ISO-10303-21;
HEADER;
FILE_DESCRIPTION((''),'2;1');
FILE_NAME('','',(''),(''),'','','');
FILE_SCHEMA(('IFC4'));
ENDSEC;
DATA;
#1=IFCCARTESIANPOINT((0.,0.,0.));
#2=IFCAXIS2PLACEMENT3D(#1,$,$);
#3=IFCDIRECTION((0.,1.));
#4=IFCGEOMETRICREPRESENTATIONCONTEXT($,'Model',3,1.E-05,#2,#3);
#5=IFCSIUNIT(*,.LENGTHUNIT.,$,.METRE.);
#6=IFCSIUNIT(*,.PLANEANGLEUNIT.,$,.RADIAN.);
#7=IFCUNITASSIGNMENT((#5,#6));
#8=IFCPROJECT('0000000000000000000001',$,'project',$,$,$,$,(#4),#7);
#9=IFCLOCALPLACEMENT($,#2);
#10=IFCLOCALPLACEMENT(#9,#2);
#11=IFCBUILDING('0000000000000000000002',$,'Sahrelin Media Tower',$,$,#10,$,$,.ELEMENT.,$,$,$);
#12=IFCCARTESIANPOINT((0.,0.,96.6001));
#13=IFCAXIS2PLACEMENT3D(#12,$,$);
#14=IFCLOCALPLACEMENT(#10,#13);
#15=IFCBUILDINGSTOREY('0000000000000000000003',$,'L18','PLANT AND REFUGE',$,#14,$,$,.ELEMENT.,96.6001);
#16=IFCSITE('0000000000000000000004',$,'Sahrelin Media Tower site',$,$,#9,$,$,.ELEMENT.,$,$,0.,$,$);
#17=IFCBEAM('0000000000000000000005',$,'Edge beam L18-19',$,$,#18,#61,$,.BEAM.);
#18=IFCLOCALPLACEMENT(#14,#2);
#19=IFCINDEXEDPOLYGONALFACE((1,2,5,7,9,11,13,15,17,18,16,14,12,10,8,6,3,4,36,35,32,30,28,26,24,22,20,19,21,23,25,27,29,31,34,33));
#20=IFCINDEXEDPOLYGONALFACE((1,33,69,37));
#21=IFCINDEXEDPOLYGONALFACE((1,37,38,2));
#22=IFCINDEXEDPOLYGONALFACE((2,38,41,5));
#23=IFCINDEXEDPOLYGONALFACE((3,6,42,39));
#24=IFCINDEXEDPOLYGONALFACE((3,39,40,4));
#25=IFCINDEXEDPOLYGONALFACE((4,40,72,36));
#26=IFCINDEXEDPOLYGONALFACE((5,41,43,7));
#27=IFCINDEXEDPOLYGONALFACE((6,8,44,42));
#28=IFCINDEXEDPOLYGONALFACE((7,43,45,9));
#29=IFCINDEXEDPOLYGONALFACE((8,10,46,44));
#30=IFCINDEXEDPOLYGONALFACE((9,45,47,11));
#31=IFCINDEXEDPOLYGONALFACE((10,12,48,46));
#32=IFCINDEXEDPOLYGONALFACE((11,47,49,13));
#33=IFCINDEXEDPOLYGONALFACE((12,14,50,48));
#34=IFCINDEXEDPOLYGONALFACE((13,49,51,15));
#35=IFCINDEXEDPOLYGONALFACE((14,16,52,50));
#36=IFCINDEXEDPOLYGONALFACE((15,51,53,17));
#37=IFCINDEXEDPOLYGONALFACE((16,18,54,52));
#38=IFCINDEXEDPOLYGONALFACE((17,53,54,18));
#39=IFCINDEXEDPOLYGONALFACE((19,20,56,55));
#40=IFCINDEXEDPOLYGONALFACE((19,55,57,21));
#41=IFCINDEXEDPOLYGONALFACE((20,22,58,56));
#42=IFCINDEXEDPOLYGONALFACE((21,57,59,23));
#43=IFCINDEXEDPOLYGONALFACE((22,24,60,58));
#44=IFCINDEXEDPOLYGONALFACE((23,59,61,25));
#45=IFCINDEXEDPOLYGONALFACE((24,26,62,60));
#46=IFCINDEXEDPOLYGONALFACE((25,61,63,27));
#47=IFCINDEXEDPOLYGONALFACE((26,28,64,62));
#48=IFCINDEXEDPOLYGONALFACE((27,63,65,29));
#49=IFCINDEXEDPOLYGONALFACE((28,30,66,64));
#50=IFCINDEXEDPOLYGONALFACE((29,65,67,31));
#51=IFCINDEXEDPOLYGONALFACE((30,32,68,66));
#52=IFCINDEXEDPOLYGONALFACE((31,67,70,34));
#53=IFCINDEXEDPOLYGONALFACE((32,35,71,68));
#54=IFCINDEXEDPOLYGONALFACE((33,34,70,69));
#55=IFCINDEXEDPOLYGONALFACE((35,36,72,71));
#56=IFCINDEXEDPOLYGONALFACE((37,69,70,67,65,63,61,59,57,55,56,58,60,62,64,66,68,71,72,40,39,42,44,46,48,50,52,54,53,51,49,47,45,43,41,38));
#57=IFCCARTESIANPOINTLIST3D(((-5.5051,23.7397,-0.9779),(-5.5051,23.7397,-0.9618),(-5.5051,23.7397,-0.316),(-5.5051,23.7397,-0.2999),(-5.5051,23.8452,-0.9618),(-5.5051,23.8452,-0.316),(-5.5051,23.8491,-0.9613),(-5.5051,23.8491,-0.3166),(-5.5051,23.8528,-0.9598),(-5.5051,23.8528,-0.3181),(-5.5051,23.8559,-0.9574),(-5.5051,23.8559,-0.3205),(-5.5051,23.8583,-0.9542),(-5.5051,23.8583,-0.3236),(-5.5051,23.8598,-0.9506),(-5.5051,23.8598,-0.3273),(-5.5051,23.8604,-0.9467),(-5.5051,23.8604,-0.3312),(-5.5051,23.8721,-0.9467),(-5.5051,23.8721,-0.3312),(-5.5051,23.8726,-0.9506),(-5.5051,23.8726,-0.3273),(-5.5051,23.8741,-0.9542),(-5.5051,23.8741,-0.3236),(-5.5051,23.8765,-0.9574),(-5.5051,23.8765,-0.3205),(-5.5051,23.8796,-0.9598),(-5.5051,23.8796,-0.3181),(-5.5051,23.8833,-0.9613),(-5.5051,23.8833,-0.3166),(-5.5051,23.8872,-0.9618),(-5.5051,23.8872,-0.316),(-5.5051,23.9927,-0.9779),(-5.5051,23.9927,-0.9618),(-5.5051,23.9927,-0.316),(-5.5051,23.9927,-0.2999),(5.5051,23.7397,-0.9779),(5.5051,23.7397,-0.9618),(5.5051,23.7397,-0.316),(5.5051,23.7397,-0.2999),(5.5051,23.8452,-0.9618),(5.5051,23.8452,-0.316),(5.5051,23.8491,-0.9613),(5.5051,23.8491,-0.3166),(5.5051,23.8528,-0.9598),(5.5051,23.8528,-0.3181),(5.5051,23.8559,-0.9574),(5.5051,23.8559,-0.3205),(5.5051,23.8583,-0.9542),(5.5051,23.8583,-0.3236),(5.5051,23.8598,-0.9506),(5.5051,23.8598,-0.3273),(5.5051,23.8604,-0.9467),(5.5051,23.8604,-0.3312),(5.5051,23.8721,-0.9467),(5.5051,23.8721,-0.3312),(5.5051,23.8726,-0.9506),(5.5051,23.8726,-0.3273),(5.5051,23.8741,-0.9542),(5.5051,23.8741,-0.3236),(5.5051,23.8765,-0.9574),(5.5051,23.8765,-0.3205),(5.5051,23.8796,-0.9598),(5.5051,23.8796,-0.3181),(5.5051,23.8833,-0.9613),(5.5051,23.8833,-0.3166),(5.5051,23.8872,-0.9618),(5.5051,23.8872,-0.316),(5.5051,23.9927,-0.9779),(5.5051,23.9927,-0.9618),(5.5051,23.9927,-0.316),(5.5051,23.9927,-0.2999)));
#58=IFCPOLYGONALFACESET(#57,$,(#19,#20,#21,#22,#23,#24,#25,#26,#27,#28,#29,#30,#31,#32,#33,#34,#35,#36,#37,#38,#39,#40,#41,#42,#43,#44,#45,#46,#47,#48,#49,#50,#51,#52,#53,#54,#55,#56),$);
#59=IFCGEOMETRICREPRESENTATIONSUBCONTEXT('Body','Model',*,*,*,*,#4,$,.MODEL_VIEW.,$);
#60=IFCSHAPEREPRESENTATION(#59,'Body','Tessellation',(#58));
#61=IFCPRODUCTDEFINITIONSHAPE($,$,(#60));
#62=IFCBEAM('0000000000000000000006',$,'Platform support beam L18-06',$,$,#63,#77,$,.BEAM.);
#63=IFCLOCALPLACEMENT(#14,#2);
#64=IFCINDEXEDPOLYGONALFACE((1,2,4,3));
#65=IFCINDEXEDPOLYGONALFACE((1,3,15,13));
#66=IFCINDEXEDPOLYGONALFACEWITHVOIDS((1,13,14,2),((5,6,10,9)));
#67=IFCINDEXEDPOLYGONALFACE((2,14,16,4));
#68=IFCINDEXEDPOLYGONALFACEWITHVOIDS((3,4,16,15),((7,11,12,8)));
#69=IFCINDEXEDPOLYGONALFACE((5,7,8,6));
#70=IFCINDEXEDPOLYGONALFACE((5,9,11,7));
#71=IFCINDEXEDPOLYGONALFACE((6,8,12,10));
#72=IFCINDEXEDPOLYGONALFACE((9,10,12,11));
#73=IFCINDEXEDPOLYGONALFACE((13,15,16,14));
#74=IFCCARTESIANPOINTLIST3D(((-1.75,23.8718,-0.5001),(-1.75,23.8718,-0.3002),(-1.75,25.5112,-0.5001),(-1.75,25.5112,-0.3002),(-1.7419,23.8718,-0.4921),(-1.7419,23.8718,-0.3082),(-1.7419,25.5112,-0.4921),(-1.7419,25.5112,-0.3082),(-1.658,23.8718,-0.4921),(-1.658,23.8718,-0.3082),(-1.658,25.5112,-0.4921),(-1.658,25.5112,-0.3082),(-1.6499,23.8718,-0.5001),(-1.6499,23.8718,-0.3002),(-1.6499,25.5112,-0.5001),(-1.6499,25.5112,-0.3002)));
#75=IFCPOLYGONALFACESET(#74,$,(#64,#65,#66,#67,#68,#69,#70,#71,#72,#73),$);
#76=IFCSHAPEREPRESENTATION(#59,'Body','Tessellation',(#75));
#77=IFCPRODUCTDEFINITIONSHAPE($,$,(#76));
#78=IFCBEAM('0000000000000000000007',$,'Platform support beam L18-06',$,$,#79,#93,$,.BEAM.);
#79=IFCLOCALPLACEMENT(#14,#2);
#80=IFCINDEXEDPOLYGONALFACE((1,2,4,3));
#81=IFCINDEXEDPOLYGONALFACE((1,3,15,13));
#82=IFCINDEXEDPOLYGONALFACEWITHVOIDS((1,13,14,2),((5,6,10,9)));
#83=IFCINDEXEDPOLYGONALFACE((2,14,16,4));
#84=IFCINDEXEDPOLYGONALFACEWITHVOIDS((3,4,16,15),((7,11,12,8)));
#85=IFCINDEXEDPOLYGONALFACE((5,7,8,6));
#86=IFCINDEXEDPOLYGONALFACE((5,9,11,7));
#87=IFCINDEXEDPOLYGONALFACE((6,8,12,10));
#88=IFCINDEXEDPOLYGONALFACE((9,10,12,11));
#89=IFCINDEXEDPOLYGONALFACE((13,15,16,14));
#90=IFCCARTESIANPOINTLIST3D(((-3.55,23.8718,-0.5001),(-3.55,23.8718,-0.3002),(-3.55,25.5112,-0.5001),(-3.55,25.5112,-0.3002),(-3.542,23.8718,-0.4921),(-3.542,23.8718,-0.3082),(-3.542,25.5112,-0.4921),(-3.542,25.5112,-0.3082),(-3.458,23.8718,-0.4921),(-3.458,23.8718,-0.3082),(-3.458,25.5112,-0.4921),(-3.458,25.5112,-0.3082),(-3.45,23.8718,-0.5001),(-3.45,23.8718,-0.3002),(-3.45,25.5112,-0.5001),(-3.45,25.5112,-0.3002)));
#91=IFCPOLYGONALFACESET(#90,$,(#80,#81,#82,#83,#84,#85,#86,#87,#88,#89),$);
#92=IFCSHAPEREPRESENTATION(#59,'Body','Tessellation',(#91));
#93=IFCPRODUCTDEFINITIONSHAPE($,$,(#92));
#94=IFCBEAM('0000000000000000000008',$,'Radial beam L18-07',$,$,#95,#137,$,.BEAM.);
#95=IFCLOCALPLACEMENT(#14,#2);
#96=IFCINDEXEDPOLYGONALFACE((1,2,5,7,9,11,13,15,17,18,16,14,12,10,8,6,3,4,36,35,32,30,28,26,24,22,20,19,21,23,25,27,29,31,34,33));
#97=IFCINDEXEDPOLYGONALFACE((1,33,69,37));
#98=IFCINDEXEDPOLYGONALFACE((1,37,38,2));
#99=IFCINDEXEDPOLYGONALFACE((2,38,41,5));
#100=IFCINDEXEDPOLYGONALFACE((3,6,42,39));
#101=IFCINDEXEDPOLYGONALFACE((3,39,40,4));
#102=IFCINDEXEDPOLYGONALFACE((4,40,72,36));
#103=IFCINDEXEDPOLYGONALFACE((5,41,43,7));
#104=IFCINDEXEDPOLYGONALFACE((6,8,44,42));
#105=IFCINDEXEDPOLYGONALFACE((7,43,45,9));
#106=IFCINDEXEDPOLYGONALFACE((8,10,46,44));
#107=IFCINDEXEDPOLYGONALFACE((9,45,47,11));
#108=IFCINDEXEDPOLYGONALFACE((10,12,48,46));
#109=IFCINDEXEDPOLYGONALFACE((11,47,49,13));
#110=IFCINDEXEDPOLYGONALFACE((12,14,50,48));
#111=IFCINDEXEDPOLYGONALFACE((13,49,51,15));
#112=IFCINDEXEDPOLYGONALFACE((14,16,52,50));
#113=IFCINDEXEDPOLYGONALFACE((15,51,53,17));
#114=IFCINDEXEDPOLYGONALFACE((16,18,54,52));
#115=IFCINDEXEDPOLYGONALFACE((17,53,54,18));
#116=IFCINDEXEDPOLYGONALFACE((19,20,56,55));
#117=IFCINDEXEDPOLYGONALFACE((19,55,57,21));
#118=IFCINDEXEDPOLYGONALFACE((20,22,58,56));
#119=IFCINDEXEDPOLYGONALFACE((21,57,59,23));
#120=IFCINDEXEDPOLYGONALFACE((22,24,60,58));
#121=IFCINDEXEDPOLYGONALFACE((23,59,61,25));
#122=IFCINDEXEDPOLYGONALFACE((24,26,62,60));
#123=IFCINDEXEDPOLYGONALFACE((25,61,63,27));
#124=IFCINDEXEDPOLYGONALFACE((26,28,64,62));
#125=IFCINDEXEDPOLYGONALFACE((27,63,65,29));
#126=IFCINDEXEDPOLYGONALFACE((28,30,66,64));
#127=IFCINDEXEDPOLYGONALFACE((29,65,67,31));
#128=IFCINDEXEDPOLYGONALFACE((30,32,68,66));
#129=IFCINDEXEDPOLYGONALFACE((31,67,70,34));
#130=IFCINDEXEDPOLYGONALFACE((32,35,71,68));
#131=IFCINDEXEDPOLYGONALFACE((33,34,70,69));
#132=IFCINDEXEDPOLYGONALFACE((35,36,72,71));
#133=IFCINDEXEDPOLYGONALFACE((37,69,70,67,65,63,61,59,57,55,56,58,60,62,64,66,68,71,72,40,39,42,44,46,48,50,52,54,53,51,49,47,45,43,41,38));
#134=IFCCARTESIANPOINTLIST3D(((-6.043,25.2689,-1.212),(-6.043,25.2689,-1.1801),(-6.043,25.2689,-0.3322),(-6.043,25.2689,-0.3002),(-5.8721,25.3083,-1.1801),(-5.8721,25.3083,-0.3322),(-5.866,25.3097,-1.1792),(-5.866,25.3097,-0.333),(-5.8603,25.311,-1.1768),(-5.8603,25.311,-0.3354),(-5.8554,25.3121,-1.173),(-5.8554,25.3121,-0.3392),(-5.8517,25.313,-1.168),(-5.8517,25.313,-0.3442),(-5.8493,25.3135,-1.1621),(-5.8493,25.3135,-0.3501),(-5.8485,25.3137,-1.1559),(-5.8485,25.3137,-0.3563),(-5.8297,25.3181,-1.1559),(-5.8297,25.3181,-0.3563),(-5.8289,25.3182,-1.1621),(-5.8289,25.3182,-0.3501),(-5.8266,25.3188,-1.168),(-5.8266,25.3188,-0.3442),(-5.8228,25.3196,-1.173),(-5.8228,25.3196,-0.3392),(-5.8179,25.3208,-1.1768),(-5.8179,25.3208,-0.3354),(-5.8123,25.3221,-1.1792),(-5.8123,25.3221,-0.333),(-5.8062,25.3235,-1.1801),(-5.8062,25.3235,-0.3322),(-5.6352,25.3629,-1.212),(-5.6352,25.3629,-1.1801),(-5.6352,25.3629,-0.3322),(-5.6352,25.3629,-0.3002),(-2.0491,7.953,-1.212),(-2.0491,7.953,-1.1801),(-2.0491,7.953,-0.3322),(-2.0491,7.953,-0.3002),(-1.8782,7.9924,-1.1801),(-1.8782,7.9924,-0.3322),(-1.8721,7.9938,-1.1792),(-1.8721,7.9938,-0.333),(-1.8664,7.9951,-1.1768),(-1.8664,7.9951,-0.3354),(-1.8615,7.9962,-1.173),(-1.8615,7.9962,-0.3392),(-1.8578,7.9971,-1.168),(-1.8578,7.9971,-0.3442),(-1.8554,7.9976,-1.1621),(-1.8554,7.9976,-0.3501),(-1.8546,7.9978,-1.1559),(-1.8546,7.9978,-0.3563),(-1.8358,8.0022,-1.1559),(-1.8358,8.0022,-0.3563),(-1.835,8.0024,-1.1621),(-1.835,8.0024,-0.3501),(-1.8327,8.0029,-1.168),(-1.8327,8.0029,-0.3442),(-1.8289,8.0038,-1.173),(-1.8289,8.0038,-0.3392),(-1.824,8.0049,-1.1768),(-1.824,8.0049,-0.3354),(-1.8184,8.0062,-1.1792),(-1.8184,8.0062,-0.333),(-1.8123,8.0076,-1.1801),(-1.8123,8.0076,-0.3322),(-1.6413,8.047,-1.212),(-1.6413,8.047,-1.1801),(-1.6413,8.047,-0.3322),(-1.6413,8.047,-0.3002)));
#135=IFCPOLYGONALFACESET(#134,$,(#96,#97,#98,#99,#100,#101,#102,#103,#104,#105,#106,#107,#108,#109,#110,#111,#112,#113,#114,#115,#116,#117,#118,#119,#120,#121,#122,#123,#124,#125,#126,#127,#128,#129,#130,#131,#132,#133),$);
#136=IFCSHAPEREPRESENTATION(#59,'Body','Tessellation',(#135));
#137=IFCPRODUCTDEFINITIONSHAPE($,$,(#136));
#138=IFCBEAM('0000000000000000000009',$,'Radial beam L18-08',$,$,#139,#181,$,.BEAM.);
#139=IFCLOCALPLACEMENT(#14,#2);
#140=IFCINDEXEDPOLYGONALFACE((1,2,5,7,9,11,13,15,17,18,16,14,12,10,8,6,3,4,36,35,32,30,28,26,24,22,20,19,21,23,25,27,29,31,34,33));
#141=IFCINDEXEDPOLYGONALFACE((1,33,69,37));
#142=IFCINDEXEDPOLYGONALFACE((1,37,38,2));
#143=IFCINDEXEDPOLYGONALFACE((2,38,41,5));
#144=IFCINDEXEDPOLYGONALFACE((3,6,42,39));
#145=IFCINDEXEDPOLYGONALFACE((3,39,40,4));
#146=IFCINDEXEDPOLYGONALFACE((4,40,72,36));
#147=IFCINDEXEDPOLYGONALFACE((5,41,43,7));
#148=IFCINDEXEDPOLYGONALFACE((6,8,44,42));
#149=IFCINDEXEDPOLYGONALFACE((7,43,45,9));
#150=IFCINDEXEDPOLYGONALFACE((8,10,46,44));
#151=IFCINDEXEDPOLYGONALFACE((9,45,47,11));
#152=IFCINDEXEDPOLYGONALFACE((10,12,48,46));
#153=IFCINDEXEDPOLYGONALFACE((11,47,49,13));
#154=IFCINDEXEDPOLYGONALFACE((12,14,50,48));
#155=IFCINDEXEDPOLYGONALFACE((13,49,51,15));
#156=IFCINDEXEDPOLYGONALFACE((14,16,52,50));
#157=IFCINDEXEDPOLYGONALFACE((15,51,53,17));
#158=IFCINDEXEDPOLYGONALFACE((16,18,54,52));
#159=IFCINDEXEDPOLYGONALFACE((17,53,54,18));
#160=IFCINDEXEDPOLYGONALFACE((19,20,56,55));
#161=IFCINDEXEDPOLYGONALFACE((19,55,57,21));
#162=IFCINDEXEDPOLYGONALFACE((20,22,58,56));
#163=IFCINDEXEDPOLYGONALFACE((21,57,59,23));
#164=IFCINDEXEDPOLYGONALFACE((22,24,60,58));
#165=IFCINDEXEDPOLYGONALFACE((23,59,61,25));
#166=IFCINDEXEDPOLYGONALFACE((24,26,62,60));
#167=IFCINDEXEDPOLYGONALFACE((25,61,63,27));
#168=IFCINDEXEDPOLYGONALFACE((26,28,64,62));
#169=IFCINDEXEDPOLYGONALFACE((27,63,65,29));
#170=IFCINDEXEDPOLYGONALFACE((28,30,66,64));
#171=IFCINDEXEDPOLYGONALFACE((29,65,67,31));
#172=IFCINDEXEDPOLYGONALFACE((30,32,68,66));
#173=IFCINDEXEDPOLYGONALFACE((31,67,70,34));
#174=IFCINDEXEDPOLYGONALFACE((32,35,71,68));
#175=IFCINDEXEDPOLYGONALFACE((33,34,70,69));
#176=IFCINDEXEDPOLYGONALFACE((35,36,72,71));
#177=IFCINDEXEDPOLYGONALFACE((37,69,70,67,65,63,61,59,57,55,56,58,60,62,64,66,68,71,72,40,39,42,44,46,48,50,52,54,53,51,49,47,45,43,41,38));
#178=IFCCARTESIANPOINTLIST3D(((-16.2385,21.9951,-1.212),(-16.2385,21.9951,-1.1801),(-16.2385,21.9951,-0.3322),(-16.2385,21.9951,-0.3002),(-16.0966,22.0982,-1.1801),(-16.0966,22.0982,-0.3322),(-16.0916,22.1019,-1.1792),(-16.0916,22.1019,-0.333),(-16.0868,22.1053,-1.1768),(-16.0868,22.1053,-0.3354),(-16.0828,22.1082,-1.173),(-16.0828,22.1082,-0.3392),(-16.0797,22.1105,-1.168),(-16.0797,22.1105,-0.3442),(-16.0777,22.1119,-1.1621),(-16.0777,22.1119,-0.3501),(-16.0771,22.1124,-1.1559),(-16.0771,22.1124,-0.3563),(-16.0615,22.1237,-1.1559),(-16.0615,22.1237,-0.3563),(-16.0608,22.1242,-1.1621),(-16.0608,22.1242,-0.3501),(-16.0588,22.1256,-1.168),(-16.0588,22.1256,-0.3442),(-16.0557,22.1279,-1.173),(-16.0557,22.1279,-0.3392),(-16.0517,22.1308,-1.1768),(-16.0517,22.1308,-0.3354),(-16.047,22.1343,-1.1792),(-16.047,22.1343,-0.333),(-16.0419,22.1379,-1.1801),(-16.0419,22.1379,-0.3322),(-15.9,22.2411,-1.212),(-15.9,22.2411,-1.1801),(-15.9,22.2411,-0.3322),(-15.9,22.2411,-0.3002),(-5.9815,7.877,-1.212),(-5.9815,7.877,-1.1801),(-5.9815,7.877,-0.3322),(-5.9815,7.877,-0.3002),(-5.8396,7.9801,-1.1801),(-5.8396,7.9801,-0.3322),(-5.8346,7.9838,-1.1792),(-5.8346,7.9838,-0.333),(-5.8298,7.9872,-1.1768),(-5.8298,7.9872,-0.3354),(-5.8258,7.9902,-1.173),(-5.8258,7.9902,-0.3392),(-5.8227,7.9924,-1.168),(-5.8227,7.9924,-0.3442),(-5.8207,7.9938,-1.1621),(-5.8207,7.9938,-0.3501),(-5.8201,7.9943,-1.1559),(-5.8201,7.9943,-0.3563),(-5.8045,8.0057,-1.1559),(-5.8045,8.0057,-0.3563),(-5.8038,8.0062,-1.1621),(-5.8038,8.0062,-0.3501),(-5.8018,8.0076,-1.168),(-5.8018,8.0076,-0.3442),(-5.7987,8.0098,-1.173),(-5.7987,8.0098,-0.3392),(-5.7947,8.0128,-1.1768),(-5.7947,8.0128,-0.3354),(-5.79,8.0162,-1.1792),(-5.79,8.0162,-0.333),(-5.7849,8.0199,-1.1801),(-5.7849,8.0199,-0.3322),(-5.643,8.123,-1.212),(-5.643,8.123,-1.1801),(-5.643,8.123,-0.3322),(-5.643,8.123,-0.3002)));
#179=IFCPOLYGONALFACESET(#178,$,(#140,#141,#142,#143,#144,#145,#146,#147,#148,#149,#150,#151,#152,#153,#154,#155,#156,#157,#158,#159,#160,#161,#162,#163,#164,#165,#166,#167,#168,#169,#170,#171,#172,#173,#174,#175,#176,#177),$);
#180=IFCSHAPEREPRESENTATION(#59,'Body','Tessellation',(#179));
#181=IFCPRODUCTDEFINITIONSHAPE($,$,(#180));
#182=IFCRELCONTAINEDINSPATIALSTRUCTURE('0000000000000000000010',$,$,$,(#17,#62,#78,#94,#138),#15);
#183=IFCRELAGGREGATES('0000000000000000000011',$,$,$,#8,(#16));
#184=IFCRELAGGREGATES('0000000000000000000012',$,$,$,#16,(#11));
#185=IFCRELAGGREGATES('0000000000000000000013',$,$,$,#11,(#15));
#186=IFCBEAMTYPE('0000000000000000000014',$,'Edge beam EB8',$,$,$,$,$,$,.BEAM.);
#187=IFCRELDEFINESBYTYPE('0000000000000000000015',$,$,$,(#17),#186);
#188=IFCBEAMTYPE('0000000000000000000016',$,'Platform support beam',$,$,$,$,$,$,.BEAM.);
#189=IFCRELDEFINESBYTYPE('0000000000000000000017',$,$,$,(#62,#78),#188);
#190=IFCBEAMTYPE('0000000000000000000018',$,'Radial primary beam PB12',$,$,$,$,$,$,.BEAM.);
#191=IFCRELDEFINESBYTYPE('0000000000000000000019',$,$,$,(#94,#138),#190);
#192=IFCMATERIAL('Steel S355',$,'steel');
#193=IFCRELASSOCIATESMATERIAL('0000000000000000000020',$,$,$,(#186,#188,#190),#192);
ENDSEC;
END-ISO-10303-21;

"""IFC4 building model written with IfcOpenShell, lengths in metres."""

from ifc_helpers import new_model, si_unit, direction, frame, origin, origin_2d, place, context, subcontext, project, spatial, hollow_rectangle, i_section, extrude, material, material_profile, profile_set, type_object, element, save


model = new_model("IFC4")

# Units and contexts
model_context = context("Model", 3, precision=1e-05, world=origin(), true_north=direction((0.0, 1.0)))
body_context = subcontext(model_context, "Body", "Model", "MODEL_VIEW")
ifc_project = project(units=[si_unit("LENGTHUNIT", "METRE"), si_unit("PLANEANGLEUNIT", "RADIAN")], contexts=[model_context])

# Site, building, storey
site_placement = place(None, origin())
site = spatial("IfcSite", under=ifc_project, at=site_placement, Name="Sahrelin Media Tower site", CompositionType="ELEMENT", RefElevation=0.0)
building_placement = place(site_placement, origin())
building = spatial("IfcBuilding", under=site, at=building_placement, Name="Sahrelin Media Tower", CompositionType="ELEMENT")
storey_placement = place(building_placement, frame((0.0, 0.0, 96.6001)))
storey = spatial("IfcBuildingStorey", under=building, at=storey_placement, Name="L18", Description="PLANT AND REFUGE", CompositionType="ELEMENT", Elevation=96.6001)

# Beams
ifc_material_1 = material(Name="Steel S355", Category="steel")
ifc_material_profile_1 = material_profile(ifc_material_1, i_section(OverallWidth=0.2529, OverallDepth=0.678, WebThickness=0.0117, FlangeThickness=0.0161, FilletRadius=0.0151, at=origin_2d()), Name="UB 686x254x125")
ifc_profile_set_1 = profile_set([ifc_material_profile_1], Name="Steel S355")
beam_type_1 = type_object("IfcBeamType", Name="Edge beam EB8", PredefinedType="BEAM", material=ifc_profile_set_1)
beam_1_placement = place(storey_placement, frame((-5.5051, 23.8662, -0.6389), z_axis=(1.0, 0.0, 0.0), x_axis=(0.0, 1.0, 0.0)))
element("IfcBeam", 1, at=beam_1_placement, inside=storey, type_object=beam_type_1, Name="Edge beam L18-19", PredefinedType="BEAM", context=body_context, shape_type="SweptSolid", body=[
    extrude(i_section(OverallWidth=0.2529, OverallDepth=0.678, WebThickness=0.0117, FlangeThickness=0.0161, FilletRadius=0.0151, at=origin_2d()), origin(), (0.0, 0.0, 1.0), 11.0103),
])
ifc_material_profile_2 = material_profile(ifc_material_1, hollow_rectangle(XDim=0.1001, YDim=0.2, WallThickness=0.0081, at=origin_2d()), Name="RHS 200x100x8")
ifc_profile_set_2 = profile_set([ifc_material_profile_2], Name="Steel S355")
beam_type_2 = type_object("IfcBeamType", Name="Platform support beam", PredefinedType="BEAM", material=ifc_profile_set_2)
for number, where, z_axis, x_axis, name in (
    (2, (-1.7, 23.8718, -0.4001), (0.0, 1.0, 0.0), (-1.0, 0.0, 0.0), "Platform support beam L18-06"),
    (3, (-3.5, 23.8718, -0.4001), (0.0, 1.0, 0.0), (-1.0, 0.0, 0.0), "Platform support beam L18-06"),
):
    element("IfcBeam", number, at=place(storey_placement, frame(where, z_axis=z_axis, x_axis=x_axis)), inside=storey, type_object=beam_type_2, Name=name, PredefinedType="BEAM", context=body_context, shape_type="SweptSolid", body=[
        extrude(hollow_rectangle(XDim=0.1001, YDim=0.2, WallThickness=0.0081, at=origin_2d()), origin(), (0.0, 0.0, 1.0), 1.6394),
    ])
ifc_material_profile_3 = material_profile(ifc_material_1, i_section(OverallWidth=0.4185, OverallDepth=0.9119, WebThickness=0.0193, FlangeThickness=0.032, FilletRadius=0.0242, at=origin_2d()), Name="UB 914x419x343")
ifc_profile_set_3 = profile_set([ifc_material_profile_3], Name="Steel S355")
beam_type_3 = type_object("IfcBeamType", Name="Radial primary beam PB12", PredefinedType="BEAM", material=ifc_profile_set_3)
beam_2_placement = place(storey_placement, frame((-1.8452, 8.0, -0.7561), z_axis=(-0.224748, 0.974417, 0.0), x_axis=(-0.974417, -0.224748, 0.0)))
element("IfcBeam", 4, at=beam_2_placement, inside=storey, type_object=beam_type_3, Name="Radial beam L18-07", PredefinedType="BEAM", context=body_context, shape_type="SweptSolid", body=[
    extrude(i_section(OverallWidth=0.4185, OverallDepth=0.9119, WebThickness=0.0193, FlangeThickness=0.032, FilletRadius=0.0242, at=origin_2d()), origin(), (0.0, 0.0, 1.0), 17.7705),
])
beam_3_placement = place(storey_placement, frame((-5.8123, 8.0, -0.7561), z_axis=(-0.587772, 0.809027, 0.0), x_axis=(-0.809027, -0.587772, 0.0)))
element("IfcBeam", 5, at=beam_3_placement, inside=storey, type_object=beam_type_3, Name="Radial beam L18-08", PredefinedType="BEAM", context=body_context, shape_type="SweptSolid", body=[
    extrude(i_section(OverallWidth=0.4185, OverallDepth=0.9119, WebThickness=0.0193, FlangeThickness=0.032, FilletRadius=0.0242, at=origin_2d()), origin(), (0.0, 0.0, 1.0), 17.4507),
])

save(model, "model.ifc")
